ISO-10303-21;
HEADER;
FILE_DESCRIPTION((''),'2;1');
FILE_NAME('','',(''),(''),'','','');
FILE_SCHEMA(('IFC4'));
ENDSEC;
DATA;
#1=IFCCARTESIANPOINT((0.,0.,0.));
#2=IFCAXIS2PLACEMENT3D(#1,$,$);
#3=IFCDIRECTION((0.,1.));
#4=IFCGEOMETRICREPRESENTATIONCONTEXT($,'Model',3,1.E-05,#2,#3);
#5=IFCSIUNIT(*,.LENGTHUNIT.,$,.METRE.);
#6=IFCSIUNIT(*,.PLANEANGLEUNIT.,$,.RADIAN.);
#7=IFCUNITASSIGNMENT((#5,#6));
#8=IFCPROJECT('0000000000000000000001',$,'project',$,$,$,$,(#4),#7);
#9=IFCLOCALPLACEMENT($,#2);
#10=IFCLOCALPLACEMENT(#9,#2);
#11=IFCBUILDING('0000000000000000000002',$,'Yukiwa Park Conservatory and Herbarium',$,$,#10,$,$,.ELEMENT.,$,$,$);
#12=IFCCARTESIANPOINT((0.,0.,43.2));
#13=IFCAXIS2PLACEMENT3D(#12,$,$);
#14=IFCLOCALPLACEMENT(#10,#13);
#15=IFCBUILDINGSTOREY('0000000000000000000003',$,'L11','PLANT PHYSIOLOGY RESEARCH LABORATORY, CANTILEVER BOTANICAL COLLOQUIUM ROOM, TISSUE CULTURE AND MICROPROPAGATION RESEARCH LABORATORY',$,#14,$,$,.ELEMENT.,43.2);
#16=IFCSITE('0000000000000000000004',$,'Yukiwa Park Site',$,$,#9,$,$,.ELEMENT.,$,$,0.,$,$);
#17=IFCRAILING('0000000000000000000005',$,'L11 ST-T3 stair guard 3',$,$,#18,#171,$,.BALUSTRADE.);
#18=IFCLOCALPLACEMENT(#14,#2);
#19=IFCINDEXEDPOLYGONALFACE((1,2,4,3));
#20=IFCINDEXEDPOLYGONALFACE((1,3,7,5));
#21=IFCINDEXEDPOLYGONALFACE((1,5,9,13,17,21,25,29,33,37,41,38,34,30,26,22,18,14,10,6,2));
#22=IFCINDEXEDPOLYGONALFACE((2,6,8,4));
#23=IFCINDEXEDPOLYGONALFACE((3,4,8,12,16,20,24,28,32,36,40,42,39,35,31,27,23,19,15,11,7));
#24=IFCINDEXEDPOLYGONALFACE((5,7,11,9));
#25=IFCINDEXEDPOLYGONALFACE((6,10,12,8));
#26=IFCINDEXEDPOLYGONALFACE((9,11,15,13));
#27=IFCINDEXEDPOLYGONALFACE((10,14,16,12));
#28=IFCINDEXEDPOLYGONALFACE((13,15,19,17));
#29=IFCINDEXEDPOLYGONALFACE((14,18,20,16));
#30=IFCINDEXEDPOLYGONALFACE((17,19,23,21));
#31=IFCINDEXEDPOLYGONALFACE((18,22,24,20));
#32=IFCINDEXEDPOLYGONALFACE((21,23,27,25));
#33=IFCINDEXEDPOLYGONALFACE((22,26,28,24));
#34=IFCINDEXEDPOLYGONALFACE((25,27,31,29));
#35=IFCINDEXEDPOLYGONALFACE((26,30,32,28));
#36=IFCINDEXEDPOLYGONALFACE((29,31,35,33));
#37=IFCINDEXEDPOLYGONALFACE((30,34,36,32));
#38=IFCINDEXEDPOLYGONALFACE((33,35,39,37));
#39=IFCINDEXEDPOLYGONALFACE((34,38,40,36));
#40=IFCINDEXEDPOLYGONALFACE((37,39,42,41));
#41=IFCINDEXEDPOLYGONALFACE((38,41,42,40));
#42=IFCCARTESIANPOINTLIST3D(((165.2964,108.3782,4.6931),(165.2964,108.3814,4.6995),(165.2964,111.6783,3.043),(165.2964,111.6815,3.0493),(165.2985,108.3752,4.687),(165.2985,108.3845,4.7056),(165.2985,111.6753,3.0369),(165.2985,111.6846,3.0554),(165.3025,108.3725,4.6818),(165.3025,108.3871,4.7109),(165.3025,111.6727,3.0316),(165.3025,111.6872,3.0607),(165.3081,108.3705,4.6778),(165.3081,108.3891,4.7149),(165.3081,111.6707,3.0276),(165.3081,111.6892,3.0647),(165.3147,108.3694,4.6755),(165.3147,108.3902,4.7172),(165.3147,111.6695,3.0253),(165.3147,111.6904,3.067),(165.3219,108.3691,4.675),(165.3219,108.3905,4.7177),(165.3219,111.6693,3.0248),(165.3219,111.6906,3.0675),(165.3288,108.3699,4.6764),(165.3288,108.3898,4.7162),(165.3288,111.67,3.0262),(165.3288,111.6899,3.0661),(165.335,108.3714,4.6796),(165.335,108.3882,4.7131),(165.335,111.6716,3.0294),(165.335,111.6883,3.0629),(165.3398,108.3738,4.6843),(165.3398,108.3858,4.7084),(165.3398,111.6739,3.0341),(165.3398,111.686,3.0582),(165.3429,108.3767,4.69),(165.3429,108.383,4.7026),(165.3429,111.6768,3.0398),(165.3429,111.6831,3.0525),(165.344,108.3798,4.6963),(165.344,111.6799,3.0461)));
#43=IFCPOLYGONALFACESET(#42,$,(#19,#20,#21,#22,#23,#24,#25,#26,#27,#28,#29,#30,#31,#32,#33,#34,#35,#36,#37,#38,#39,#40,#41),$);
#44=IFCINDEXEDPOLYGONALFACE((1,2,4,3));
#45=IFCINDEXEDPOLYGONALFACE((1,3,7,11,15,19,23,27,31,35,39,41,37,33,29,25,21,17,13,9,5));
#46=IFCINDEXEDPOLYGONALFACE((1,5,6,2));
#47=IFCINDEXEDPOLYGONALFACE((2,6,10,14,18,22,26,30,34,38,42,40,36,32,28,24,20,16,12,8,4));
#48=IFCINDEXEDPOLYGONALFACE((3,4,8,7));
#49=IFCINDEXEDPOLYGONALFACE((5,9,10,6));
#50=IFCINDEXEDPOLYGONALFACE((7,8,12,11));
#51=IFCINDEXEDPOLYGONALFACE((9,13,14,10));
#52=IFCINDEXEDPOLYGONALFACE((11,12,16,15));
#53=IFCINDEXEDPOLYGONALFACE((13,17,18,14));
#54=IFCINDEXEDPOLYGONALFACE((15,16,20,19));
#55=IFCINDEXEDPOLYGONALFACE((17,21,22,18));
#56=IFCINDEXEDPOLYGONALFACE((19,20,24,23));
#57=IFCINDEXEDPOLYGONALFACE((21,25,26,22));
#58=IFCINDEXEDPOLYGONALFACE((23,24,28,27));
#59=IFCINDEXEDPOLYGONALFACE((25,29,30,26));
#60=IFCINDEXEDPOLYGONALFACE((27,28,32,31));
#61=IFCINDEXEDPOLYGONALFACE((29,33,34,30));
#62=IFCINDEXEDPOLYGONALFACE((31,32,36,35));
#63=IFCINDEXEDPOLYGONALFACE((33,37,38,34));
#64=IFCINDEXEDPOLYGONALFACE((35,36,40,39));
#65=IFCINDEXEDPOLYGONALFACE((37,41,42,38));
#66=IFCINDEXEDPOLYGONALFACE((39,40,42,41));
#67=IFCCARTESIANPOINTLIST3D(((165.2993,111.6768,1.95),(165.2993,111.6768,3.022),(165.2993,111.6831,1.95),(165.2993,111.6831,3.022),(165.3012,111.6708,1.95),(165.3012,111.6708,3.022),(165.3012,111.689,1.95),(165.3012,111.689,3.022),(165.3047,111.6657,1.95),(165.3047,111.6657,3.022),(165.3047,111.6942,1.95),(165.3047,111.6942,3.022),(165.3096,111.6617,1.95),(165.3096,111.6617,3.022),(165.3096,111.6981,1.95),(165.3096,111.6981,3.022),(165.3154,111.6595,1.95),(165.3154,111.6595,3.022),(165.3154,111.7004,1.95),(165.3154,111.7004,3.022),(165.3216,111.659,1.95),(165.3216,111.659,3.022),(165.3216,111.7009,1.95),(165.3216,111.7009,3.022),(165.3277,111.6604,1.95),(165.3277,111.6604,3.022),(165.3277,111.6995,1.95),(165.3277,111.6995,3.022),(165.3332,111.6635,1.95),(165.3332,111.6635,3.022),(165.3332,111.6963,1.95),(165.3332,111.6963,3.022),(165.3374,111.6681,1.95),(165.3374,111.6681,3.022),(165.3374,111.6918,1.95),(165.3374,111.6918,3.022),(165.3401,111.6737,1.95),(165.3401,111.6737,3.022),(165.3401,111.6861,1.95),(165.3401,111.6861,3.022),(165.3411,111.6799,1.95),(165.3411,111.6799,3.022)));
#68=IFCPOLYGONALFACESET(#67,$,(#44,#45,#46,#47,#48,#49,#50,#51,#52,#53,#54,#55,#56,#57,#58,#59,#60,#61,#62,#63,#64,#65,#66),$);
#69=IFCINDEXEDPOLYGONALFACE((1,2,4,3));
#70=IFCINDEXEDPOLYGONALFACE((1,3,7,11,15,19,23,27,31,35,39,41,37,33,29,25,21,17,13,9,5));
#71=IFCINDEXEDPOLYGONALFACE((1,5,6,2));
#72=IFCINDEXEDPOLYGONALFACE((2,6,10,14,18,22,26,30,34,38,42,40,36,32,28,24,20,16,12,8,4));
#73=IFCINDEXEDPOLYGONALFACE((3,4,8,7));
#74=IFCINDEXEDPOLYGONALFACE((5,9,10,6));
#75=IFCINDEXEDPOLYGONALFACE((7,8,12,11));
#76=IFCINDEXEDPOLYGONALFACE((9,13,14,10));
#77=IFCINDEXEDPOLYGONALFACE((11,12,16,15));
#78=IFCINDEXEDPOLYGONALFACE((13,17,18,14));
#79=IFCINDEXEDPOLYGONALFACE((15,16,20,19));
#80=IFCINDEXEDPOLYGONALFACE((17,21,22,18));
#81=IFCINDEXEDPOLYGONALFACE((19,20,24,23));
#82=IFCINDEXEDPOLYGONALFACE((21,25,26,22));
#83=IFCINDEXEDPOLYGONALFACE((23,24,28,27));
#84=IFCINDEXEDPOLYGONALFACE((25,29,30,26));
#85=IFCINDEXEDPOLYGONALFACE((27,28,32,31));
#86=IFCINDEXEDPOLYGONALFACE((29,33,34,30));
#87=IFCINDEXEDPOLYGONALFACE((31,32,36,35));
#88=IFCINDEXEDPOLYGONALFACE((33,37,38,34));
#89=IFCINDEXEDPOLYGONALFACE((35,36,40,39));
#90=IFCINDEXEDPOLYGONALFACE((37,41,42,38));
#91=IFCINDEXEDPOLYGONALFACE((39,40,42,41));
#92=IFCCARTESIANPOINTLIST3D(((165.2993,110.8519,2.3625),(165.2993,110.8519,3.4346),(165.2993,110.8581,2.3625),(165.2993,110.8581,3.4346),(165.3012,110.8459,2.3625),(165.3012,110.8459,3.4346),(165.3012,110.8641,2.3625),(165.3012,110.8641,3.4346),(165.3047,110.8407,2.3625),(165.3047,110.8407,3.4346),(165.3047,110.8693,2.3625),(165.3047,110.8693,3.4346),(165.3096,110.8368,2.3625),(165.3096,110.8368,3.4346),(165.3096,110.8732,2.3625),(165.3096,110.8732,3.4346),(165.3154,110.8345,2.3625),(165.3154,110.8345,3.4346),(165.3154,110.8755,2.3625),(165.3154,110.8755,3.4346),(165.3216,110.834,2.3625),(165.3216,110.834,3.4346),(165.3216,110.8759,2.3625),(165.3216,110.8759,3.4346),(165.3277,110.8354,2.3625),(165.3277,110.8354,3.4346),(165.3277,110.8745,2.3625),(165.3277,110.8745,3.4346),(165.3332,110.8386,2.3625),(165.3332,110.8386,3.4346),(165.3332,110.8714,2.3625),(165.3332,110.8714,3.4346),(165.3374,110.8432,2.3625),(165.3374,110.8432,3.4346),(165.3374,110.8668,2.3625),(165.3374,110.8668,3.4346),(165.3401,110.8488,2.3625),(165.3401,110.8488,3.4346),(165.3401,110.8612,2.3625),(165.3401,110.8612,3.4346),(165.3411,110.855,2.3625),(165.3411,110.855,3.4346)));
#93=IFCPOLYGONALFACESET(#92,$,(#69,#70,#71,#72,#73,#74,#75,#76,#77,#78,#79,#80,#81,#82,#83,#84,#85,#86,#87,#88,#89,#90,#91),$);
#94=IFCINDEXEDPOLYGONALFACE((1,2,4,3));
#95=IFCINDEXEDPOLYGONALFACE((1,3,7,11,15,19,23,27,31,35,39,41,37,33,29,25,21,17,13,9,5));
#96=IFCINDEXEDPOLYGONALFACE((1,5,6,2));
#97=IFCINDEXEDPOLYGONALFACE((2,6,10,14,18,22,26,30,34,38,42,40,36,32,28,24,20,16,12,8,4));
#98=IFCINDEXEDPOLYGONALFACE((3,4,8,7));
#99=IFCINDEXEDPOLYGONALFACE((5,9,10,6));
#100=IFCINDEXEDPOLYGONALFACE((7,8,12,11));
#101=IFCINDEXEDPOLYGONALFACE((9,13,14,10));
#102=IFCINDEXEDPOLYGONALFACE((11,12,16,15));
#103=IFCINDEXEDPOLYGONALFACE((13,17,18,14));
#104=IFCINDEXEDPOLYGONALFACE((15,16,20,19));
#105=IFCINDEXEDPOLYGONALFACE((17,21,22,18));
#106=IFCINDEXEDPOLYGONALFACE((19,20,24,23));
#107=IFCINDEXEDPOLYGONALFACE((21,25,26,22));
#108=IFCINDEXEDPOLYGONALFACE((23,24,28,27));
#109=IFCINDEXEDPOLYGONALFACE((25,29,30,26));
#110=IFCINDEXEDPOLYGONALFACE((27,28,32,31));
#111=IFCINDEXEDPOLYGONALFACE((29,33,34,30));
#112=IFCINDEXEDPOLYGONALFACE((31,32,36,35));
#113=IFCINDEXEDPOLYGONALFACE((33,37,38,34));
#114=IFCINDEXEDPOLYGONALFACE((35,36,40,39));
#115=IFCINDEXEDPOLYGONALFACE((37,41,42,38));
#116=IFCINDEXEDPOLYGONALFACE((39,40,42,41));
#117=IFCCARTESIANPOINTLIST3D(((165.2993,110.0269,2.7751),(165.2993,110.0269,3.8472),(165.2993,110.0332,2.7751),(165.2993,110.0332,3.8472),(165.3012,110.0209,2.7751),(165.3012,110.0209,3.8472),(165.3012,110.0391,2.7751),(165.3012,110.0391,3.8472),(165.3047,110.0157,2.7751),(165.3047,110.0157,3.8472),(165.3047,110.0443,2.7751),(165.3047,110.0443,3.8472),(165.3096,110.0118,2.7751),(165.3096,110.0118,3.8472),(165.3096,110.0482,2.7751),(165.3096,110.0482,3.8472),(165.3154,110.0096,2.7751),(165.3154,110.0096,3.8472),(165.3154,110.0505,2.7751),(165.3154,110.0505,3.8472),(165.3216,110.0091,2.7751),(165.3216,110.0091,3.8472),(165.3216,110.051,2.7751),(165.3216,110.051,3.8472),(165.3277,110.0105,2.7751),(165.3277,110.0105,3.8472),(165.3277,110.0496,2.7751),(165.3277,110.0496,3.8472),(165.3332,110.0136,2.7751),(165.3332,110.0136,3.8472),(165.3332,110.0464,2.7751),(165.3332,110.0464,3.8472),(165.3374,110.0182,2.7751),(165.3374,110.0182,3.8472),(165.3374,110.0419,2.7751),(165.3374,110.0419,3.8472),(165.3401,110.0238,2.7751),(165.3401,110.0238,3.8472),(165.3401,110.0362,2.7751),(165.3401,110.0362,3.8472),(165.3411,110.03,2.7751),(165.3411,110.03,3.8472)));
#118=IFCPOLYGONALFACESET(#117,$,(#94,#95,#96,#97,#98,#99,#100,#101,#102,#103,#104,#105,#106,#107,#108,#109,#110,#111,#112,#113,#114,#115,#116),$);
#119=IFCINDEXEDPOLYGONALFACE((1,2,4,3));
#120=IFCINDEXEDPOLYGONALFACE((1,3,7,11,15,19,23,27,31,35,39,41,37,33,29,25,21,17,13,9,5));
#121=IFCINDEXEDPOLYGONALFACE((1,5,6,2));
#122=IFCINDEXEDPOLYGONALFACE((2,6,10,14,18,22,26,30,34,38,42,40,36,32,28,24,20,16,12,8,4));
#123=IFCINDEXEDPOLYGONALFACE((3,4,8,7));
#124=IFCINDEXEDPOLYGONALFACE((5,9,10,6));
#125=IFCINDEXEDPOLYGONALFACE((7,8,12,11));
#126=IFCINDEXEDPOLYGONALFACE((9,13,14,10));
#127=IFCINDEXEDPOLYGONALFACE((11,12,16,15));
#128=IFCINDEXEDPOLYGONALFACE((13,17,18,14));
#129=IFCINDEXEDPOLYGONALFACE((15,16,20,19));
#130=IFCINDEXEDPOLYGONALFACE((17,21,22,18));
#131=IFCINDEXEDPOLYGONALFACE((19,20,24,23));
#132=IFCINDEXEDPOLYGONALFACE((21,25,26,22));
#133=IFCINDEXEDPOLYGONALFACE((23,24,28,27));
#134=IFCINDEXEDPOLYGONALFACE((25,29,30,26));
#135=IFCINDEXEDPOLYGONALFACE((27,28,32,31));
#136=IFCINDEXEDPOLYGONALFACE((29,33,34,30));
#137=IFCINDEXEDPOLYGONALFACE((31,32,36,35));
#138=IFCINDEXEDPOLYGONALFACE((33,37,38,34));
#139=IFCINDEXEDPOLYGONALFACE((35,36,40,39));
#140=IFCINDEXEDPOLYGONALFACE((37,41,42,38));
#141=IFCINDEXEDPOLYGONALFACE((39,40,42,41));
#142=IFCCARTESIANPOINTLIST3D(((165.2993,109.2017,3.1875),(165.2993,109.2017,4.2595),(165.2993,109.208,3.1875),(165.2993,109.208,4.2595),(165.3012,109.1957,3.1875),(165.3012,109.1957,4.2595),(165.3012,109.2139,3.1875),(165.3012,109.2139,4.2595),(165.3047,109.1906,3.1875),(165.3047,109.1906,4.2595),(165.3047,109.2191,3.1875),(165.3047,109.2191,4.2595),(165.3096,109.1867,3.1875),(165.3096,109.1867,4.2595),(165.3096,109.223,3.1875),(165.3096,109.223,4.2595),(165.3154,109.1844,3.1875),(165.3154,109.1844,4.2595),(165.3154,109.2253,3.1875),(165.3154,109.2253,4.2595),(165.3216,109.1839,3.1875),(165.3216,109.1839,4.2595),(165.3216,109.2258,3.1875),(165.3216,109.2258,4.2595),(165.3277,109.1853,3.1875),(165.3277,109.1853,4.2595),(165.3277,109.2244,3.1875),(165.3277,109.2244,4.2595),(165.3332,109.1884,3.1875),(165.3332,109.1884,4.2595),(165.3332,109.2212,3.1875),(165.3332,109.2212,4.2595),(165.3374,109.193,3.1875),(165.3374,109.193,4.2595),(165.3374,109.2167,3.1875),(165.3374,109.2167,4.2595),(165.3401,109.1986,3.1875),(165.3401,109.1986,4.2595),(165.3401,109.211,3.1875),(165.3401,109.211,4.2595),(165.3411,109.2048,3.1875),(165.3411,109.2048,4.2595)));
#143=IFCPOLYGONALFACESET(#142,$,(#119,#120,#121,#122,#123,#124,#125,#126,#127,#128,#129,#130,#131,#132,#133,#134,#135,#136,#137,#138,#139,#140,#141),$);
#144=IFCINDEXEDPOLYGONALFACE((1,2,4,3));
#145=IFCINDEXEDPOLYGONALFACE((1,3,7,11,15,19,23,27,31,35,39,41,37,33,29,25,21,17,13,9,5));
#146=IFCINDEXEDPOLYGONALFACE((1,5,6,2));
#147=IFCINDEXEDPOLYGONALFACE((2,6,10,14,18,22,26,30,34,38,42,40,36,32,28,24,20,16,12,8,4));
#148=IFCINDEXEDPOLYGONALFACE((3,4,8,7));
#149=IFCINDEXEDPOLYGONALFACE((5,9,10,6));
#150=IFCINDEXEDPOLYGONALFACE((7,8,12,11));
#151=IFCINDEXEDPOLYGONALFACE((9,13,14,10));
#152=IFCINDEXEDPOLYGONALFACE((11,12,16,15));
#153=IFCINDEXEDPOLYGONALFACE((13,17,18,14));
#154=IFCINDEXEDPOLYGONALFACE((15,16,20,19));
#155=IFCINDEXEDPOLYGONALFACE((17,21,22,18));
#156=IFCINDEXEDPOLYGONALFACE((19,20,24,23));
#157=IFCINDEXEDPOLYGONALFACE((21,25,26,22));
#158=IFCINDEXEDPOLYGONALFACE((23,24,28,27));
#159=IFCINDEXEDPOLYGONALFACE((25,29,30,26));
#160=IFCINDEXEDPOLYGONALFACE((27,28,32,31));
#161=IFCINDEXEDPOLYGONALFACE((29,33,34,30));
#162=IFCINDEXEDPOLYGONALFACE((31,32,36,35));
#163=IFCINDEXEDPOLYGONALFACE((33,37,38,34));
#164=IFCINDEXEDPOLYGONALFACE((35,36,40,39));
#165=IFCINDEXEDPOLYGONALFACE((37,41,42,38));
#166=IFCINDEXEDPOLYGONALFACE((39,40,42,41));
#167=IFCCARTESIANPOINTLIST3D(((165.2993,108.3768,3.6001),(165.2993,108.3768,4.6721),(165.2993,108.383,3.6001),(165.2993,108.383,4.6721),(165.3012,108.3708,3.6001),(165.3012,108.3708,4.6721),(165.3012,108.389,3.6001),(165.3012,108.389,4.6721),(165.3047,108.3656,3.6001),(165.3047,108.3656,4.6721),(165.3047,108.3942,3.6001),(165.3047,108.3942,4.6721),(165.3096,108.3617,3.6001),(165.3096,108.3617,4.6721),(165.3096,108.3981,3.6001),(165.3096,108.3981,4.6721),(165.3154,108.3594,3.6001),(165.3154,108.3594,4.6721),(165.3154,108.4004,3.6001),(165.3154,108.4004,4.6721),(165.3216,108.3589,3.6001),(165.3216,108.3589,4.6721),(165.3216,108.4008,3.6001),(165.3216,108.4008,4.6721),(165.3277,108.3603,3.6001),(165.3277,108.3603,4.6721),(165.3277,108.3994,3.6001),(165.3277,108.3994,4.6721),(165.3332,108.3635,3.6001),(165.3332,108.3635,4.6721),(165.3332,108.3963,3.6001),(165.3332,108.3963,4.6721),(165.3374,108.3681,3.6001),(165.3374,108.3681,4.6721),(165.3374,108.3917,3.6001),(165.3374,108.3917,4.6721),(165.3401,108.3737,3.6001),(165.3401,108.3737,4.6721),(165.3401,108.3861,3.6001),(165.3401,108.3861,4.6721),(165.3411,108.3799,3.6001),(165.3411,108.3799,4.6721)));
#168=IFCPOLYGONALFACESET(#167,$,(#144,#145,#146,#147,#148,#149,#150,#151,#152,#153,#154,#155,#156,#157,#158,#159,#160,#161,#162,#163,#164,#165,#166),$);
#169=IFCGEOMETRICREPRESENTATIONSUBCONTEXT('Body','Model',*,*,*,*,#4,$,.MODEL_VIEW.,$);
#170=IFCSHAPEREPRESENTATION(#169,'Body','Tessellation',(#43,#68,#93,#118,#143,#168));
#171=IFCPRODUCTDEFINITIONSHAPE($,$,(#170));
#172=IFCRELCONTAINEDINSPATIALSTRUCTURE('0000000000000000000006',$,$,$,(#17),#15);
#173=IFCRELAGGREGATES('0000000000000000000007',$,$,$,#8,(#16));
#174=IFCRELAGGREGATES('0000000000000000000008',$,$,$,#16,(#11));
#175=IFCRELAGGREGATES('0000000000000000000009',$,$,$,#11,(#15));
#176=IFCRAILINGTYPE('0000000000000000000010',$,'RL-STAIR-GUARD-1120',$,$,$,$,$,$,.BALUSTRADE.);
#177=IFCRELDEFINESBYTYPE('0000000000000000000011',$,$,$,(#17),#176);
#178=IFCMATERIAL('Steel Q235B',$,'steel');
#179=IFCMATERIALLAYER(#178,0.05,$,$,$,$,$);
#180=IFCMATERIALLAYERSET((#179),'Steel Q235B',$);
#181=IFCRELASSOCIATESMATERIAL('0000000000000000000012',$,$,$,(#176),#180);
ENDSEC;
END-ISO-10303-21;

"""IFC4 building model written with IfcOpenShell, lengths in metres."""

from ifc_helpers import new_model, si_unit, direction, frame, origin, origin_2d, place, context, subcontext, project, spatial, circle, extrude, material, layer, layer_set, type_object, element, save


model = new_model("IFC4")

# Units and contexts
model_context = context("Model", 3, precision=1e-05, world=origin(), true_north=direction((0.0, 1.0)))
body_context = subcontext(model_context, "Body", "Model", "MODEL_VIEW")
ifc_project = project(units=[si_unit("LENGTHUNIT", "METRE"), si_unit("PLANEANGLEUNIT", "RADIAN")], contexts=[model_context])

# Site, building, storey
site_placement = place(None, origin())
site = spatial("IfcSite", under=ifc_project, at=site_placement, Name="Yukiwa Park Site", CompositionType="ELEMENT", RefElevation=0.0)
building_placement = place(site_placement, origin())
building = spatial("IfcBuilding", under=site, at=building_placement, Name="Yukiwa Park Conservatory and Herbarium", CompositionType="ELEMENT")
storey_placement = place(building_placement, frame((0.0, 0.0, 43.2)))
storey = spatial("IfcBuildingStorey", under=building, at=storey_placement, Name="L11", Description="PLANT PHYSIOLOGY RESEARCH LABORATORY, CANTILEVER BOTANICAL COLLOQUIUM ROOM, TISSUE CULTURE AND MICROPROPAGATION RESEARCH LABORATORY", CompositionType="ELEMENT", Elevation=43.2)

# Railing
ifc_material_1 = material(Name="Steel Q235B", Category="steel")
ifc_layer_1 = layer(ifc_material_1, 0.05)
ifc_layer_set_1 = layer_set([ifc_layer_1], Name="Steel Q235B")
railing_type_1 = type_object("IfcRailingType", Name="RL-STAIR-GUARD-1120", PredefinedType="BALUSTRADE", material=ifc_layer_set_1)
railing_1_placement = place(storey_placement, frame((165.3201, 111.6799, 1.95)))
element("IfcRailing", 1, at=railing_1_placement, inside=storey, type_object=railing_type_1, Name="L11 ST-T3 stair guard 3", PredefinedType="BALUSTRADE", context=body_context, shape_type="SweptSolid", body=[
    extrude(circle(Radius=0.0239, at=origin_2d()), frame((0.0, 0.0, 1.0962), z_axis=(0.0, -0.894414, 0.44724), x_axis=(1.0, 0.0, 0.0)), (0.0, 0.0, 1.0), 3.6897),
    extrude(circle(Radius=0.021, at=origin_2d()), origin(), (0.0, 0.0, 1.0), 1.072),
    extrude(circle(Radius=0.021, at=origin_2d()), frame((0.0, -0.825, 0.4126)), (0.0, 0.0, 1.0), 1.072),
    extrude(circle(Radius=0.021, at=origin_2d()), frame((0.0, -1.6499, 0.8252)), (0.0, 0.0, 1.0), 1.072),
    extrude(circle(Radius=0.021, at=origin_2d()), frame((0.0, -2.4751, 1.2375)), (0.0, 0.0, 1.0), 1.072),
    extrude(circle(Radius=0.021, at=origin_2d()), frame((0.0, -3.3, 1.6501)), (0.0, 0.0, 1.0), 1.072),
])

save(model, "model.ifc")
